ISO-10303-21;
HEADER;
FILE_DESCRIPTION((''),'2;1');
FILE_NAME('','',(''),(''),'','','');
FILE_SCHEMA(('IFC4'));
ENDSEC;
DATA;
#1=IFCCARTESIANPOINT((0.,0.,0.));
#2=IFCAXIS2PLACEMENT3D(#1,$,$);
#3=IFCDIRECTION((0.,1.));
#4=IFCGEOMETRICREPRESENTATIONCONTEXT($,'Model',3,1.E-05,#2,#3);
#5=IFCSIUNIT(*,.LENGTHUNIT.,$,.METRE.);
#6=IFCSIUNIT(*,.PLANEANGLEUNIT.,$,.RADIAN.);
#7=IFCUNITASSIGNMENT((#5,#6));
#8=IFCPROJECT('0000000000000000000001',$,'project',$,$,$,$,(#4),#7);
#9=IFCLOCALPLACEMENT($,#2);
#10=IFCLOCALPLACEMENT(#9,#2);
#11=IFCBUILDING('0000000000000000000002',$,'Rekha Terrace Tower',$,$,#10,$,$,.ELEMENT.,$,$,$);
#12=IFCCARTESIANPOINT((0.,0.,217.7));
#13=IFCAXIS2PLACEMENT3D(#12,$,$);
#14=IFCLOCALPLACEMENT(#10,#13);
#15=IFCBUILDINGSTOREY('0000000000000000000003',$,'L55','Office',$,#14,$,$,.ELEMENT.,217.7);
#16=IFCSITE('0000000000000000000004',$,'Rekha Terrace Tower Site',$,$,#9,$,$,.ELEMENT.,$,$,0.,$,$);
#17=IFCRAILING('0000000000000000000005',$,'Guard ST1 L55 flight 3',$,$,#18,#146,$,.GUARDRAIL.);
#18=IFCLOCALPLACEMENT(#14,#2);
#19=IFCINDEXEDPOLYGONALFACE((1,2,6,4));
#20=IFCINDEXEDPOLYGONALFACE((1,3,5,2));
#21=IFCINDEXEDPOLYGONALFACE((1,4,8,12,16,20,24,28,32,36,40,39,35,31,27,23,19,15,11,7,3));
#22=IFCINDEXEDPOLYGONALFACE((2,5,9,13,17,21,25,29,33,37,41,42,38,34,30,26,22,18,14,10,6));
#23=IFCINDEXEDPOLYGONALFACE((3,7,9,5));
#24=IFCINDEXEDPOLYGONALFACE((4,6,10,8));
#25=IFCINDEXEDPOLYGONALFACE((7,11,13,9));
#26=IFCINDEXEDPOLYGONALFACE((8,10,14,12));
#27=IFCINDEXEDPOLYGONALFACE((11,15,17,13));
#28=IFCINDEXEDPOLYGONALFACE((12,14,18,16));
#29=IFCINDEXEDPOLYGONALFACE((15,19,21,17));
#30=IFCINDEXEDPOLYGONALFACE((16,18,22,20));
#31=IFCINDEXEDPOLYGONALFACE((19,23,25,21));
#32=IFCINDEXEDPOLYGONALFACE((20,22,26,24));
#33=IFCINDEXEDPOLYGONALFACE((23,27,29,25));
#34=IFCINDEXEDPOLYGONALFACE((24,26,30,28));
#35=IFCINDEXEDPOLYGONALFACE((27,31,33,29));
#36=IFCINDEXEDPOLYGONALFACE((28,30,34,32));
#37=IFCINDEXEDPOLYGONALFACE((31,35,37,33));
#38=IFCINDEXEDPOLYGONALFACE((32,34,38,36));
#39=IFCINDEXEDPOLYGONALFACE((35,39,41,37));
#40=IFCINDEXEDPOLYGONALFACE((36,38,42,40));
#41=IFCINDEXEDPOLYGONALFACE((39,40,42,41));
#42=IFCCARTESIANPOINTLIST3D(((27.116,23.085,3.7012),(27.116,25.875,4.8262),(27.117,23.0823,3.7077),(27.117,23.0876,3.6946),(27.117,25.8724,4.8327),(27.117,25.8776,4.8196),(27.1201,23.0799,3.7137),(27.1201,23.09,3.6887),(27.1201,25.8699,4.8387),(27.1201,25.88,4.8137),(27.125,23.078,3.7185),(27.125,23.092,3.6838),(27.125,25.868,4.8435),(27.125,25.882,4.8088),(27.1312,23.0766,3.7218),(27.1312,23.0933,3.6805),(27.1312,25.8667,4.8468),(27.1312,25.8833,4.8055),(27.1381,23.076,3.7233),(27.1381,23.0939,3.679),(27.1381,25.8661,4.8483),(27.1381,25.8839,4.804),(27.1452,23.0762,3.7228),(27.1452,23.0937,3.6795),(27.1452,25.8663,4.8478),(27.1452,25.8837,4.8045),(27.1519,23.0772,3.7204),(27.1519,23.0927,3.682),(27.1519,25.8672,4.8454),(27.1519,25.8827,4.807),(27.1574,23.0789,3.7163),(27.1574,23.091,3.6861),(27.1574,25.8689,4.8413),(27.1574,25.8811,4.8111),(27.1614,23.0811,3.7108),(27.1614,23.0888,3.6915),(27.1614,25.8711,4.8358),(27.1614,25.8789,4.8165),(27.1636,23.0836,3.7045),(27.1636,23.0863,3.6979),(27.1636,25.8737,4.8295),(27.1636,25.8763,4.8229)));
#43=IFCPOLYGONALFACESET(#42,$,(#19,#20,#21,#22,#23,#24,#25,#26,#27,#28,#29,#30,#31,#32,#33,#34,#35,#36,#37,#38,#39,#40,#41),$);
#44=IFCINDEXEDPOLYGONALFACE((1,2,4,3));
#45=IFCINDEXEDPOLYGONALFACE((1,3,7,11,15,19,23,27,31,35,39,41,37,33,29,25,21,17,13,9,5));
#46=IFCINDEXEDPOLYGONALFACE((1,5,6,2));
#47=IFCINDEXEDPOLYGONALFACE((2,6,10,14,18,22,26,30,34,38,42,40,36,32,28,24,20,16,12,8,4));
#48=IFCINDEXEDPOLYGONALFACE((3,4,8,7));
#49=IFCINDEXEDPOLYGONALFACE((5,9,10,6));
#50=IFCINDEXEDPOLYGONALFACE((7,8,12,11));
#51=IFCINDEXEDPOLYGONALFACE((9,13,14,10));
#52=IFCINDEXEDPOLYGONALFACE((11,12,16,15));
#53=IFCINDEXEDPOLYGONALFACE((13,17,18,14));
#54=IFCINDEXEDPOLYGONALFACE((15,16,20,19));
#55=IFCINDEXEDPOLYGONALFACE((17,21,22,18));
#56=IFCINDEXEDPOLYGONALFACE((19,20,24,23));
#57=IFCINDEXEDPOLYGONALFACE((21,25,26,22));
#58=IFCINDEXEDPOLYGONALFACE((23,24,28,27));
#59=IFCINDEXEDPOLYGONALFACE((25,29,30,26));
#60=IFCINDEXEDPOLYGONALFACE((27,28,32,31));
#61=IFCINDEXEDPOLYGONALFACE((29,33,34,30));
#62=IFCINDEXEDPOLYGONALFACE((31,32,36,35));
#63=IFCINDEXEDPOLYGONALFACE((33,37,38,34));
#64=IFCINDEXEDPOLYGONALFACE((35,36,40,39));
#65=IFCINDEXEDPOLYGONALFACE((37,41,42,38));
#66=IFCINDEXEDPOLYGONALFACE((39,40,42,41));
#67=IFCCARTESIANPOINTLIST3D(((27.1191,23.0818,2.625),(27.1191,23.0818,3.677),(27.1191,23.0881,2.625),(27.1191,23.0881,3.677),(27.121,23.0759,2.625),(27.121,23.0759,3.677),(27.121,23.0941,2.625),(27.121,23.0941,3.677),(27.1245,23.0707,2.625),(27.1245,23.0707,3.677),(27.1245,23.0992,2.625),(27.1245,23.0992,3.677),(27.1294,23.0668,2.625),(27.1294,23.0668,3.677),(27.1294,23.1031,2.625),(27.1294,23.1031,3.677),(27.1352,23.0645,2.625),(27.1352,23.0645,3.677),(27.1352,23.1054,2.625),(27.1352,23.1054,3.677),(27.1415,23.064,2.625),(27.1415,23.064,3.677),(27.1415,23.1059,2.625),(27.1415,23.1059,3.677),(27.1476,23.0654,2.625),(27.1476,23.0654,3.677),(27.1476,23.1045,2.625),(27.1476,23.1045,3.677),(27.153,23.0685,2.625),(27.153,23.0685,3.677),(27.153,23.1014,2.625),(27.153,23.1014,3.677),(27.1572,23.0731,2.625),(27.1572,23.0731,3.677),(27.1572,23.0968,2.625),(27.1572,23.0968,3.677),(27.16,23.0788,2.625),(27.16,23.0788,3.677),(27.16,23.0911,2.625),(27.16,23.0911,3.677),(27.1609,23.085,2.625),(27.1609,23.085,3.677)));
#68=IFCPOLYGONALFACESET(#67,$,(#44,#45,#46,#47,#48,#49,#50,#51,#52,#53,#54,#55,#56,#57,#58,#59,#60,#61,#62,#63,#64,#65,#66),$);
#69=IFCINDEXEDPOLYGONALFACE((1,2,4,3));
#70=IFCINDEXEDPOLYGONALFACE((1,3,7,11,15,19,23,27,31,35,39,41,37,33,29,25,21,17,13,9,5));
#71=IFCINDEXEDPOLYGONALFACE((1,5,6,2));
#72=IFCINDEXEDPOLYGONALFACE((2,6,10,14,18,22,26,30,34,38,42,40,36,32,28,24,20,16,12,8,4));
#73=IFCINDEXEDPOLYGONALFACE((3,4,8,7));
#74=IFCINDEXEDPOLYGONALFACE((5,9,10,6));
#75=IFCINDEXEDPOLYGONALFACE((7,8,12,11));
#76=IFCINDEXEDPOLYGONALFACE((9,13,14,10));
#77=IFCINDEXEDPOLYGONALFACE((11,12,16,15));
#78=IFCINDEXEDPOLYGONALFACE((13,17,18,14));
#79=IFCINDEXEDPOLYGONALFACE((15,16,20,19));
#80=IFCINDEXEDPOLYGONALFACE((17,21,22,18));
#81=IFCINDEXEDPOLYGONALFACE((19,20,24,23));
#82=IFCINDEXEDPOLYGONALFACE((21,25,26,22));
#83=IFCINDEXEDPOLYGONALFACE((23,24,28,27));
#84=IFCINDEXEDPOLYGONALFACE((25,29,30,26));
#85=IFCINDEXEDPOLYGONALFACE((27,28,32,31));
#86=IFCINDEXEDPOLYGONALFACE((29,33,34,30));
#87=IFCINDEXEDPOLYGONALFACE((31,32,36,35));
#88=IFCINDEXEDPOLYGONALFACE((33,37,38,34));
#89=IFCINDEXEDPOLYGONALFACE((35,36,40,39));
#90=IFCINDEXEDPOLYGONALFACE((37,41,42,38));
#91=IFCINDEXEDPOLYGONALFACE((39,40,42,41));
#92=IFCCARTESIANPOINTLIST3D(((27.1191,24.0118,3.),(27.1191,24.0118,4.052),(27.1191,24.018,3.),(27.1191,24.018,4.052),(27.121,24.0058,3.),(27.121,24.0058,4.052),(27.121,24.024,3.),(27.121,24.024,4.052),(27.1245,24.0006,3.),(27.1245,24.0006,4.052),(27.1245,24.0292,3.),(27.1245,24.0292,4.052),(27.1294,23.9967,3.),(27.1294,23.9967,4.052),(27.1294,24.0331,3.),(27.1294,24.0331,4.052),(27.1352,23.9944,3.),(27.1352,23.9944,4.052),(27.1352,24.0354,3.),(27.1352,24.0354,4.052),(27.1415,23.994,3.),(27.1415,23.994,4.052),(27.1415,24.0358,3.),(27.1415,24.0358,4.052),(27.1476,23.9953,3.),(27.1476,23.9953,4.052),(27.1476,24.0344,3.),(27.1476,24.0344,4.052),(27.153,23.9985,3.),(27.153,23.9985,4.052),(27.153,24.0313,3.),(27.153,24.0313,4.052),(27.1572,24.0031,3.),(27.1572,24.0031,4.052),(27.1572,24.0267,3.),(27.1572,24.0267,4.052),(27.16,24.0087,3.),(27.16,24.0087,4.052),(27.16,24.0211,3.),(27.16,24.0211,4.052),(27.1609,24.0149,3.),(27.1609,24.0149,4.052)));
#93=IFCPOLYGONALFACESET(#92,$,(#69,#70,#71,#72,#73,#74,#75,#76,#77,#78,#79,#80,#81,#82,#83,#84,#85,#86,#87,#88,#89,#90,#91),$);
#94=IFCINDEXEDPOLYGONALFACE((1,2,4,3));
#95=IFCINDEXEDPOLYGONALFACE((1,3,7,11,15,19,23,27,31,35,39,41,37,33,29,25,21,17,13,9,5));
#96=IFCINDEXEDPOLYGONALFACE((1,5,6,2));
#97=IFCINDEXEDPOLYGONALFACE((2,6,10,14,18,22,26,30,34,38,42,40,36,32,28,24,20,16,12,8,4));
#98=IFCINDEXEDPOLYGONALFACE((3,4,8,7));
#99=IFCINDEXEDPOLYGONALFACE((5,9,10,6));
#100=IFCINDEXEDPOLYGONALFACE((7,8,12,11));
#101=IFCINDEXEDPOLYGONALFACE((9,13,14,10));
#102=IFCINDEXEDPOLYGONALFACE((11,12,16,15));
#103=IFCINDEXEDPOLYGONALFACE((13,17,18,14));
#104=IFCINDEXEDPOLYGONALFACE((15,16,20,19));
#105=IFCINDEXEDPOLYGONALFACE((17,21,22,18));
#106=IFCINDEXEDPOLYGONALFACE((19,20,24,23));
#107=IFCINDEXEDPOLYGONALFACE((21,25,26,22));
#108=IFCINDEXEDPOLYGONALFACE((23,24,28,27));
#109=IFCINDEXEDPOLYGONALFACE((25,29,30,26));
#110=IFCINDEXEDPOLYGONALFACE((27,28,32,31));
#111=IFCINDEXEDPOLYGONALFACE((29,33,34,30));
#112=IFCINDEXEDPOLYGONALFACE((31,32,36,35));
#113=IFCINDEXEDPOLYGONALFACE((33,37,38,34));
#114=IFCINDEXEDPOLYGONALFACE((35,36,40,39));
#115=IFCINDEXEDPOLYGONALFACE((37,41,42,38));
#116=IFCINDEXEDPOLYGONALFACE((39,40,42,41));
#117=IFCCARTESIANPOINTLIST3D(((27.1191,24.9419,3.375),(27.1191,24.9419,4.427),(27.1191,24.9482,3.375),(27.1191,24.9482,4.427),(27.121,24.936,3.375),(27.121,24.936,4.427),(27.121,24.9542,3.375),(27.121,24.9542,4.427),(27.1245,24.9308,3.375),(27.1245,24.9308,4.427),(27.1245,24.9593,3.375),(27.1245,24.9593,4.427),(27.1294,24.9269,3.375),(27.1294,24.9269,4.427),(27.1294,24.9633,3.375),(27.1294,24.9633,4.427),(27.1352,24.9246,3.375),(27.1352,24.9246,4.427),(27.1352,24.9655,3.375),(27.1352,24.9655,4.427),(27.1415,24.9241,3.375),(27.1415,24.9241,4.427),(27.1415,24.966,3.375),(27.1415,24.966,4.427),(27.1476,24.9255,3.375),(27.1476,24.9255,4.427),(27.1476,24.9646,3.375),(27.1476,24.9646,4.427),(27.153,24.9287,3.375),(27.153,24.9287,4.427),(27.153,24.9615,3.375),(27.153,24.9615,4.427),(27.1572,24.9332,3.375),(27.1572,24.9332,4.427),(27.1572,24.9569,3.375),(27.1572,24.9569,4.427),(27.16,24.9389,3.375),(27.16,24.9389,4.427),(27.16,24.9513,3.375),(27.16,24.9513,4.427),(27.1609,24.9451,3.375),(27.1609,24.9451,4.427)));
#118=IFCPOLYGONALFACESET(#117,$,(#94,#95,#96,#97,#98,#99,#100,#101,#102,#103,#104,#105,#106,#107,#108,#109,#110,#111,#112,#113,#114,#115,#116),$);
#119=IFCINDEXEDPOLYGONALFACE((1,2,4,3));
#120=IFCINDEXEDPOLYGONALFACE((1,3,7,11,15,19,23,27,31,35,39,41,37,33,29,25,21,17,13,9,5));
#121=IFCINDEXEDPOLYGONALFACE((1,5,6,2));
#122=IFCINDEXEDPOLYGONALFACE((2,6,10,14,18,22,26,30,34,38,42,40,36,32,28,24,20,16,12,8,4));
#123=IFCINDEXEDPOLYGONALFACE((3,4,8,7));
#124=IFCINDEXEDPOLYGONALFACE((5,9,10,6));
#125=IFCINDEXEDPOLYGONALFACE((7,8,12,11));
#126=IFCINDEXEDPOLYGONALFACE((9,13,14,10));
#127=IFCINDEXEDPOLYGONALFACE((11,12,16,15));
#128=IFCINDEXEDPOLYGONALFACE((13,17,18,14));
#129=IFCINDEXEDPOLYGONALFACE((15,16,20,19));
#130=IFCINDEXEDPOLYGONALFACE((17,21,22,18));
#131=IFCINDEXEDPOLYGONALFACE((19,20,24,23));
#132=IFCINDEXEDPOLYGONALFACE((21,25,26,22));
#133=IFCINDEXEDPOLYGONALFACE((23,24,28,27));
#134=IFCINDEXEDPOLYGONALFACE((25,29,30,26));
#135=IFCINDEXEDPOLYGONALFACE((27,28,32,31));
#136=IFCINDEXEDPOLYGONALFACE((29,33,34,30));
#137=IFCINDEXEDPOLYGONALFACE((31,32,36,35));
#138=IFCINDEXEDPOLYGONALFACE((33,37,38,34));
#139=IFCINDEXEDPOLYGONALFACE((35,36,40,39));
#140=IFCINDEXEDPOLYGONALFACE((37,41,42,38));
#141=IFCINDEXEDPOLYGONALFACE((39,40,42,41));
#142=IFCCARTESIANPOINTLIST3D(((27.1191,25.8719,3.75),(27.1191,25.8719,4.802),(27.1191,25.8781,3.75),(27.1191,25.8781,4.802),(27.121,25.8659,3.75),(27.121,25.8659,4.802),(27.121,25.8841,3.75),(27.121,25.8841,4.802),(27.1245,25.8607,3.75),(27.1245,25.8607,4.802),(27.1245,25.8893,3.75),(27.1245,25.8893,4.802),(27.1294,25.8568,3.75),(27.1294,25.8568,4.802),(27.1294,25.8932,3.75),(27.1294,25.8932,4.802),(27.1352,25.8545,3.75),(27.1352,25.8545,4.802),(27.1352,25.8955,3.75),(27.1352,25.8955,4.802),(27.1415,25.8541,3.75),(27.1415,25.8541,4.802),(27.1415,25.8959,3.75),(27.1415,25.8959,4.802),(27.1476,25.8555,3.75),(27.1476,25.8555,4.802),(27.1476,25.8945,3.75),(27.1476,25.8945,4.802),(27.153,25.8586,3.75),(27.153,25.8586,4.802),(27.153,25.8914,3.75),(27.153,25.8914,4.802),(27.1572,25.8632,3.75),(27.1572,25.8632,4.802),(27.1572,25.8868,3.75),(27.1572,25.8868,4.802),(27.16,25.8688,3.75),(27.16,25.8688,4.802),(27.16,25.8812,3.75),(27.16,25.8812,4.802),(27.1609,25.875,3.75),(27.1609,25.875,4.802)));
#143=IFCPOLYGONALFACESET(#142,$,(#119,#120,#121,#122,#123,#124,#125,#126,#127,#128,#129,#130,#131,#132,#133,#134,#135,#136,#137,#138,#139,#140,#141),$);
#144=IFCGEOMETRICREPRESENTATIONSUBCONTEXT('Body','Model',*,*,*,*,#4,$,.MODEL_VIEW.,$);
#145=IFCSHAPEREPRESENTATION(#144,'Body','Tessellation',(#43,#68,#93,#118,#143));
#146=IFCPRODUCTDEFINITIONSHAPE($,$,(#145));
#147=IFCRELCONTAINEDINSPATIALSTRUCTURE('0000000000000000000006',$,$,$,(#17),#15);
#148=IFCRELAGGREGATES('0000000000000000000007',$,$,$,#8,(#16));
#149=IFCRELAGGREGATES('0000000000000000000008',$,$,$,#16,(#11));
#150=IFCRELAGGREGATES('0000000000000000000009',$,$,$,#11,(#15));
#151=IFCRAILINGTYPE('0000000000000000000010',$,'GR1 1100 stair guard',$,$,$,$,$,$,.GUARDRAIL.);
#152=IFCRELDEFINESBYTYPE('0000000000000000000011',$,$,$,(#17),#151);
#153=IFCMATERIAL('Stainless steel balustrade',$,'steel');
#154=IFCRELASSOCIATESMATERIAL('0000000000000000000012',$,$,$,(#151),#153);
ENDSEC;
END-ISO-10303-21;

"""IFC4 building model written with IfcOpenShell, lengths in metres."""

from ifc_helpers import new_model, si_unit, direction, frame, origin, origin_2d, place, context, subcontext, project, spatial, circle, extrude, material, type_object, element, save


model = new_model("IFC4")

# Units and contexts
model_context = context("Model", 3, precision=1e-05, world=origin(), true_north=direction((0.0, 1.0)))
body_context = subcontext(model_context, "Body", "Model", "MODEL_VIEW")
ifc_project = project(units=[si_unit("LENGTHUNIT", "METRE"), si_unit("PLANEANGLEUNIT", "RADIAN")], contexts=[model_context])

# Site, building, storey
site_placement = place(None, origin())
site = spatial("IfcSite", under=ifc_project, at=site_placement, Name="Rekha Terrace Tower Site", CompositionType="ELEMENT", RefElevation=0.0)
building_placement = place(site_placement, origin())
building = spatial("IfcBuilding", under=site, at=building_placement, Name="Rekha Terrace Tower", CompositionType="ELEMENT")
storey_placement = place(building_placement, frame((0.0, 0.0, 217.7)))
storey = spatial("IfcBuildingStorey", under=building, at=storey_placement, Name="L55", Description="Office", CompositionType="ELEMENT", Elevation=217.7)

# Railing
ifc_material_1 = material(Name="Stainless steel balustrade", Category="steel")
railing_type_1 = type_object("IfcRailingType", Name="GR1 1100 stair guard", PredefinedType="GUARDRAIL", material=ifc_material_1)
railing_1_placement = place(storey_placement, frame((27.1399, 23.085, 2.625)))
element("IfcRailing", 1, at=railing_1_placement, inside=storey, type_object=railing_type_1, Name="Guard ST1 L55 flight 3", PredefinedType="GUARDRAIL", context=body_context, shape_type="SweptSolid", body=[
    extrude(circle(Radius=0.0239, at=origin_2d()), frame((0.0, 0.0, 1.0762), z_axis=(0.0, 0.927443, 0.373964), x_axis=(-1.0, 0.0, 0.0)), (0.0, 0.0, 1.0), 3.0083),
    extrude(circle(Radius=0.021, at=origin_2d()), origin(), (0.0, 0.0, 1.0), 1.052),
    extrude(circle(Radius=0.021, at=origin_2d()), frame((0.0, 0.9299, 0.375)), (0.0, 0.0, 1.0), 1.052),
    extrude(circle(Radius=0.021, at=origin_2d()), frame((0.0, 1.8601, 0.75)), (0.0, 0.0, 1.0), 1.052),
    extrude(circle(Radius=0.021, at=origin_2d()), frame((0.0, 2.79, 1.125)), (0.0, 0.0, 1.0), 1.052),
])

save(model, "model.ifc")
